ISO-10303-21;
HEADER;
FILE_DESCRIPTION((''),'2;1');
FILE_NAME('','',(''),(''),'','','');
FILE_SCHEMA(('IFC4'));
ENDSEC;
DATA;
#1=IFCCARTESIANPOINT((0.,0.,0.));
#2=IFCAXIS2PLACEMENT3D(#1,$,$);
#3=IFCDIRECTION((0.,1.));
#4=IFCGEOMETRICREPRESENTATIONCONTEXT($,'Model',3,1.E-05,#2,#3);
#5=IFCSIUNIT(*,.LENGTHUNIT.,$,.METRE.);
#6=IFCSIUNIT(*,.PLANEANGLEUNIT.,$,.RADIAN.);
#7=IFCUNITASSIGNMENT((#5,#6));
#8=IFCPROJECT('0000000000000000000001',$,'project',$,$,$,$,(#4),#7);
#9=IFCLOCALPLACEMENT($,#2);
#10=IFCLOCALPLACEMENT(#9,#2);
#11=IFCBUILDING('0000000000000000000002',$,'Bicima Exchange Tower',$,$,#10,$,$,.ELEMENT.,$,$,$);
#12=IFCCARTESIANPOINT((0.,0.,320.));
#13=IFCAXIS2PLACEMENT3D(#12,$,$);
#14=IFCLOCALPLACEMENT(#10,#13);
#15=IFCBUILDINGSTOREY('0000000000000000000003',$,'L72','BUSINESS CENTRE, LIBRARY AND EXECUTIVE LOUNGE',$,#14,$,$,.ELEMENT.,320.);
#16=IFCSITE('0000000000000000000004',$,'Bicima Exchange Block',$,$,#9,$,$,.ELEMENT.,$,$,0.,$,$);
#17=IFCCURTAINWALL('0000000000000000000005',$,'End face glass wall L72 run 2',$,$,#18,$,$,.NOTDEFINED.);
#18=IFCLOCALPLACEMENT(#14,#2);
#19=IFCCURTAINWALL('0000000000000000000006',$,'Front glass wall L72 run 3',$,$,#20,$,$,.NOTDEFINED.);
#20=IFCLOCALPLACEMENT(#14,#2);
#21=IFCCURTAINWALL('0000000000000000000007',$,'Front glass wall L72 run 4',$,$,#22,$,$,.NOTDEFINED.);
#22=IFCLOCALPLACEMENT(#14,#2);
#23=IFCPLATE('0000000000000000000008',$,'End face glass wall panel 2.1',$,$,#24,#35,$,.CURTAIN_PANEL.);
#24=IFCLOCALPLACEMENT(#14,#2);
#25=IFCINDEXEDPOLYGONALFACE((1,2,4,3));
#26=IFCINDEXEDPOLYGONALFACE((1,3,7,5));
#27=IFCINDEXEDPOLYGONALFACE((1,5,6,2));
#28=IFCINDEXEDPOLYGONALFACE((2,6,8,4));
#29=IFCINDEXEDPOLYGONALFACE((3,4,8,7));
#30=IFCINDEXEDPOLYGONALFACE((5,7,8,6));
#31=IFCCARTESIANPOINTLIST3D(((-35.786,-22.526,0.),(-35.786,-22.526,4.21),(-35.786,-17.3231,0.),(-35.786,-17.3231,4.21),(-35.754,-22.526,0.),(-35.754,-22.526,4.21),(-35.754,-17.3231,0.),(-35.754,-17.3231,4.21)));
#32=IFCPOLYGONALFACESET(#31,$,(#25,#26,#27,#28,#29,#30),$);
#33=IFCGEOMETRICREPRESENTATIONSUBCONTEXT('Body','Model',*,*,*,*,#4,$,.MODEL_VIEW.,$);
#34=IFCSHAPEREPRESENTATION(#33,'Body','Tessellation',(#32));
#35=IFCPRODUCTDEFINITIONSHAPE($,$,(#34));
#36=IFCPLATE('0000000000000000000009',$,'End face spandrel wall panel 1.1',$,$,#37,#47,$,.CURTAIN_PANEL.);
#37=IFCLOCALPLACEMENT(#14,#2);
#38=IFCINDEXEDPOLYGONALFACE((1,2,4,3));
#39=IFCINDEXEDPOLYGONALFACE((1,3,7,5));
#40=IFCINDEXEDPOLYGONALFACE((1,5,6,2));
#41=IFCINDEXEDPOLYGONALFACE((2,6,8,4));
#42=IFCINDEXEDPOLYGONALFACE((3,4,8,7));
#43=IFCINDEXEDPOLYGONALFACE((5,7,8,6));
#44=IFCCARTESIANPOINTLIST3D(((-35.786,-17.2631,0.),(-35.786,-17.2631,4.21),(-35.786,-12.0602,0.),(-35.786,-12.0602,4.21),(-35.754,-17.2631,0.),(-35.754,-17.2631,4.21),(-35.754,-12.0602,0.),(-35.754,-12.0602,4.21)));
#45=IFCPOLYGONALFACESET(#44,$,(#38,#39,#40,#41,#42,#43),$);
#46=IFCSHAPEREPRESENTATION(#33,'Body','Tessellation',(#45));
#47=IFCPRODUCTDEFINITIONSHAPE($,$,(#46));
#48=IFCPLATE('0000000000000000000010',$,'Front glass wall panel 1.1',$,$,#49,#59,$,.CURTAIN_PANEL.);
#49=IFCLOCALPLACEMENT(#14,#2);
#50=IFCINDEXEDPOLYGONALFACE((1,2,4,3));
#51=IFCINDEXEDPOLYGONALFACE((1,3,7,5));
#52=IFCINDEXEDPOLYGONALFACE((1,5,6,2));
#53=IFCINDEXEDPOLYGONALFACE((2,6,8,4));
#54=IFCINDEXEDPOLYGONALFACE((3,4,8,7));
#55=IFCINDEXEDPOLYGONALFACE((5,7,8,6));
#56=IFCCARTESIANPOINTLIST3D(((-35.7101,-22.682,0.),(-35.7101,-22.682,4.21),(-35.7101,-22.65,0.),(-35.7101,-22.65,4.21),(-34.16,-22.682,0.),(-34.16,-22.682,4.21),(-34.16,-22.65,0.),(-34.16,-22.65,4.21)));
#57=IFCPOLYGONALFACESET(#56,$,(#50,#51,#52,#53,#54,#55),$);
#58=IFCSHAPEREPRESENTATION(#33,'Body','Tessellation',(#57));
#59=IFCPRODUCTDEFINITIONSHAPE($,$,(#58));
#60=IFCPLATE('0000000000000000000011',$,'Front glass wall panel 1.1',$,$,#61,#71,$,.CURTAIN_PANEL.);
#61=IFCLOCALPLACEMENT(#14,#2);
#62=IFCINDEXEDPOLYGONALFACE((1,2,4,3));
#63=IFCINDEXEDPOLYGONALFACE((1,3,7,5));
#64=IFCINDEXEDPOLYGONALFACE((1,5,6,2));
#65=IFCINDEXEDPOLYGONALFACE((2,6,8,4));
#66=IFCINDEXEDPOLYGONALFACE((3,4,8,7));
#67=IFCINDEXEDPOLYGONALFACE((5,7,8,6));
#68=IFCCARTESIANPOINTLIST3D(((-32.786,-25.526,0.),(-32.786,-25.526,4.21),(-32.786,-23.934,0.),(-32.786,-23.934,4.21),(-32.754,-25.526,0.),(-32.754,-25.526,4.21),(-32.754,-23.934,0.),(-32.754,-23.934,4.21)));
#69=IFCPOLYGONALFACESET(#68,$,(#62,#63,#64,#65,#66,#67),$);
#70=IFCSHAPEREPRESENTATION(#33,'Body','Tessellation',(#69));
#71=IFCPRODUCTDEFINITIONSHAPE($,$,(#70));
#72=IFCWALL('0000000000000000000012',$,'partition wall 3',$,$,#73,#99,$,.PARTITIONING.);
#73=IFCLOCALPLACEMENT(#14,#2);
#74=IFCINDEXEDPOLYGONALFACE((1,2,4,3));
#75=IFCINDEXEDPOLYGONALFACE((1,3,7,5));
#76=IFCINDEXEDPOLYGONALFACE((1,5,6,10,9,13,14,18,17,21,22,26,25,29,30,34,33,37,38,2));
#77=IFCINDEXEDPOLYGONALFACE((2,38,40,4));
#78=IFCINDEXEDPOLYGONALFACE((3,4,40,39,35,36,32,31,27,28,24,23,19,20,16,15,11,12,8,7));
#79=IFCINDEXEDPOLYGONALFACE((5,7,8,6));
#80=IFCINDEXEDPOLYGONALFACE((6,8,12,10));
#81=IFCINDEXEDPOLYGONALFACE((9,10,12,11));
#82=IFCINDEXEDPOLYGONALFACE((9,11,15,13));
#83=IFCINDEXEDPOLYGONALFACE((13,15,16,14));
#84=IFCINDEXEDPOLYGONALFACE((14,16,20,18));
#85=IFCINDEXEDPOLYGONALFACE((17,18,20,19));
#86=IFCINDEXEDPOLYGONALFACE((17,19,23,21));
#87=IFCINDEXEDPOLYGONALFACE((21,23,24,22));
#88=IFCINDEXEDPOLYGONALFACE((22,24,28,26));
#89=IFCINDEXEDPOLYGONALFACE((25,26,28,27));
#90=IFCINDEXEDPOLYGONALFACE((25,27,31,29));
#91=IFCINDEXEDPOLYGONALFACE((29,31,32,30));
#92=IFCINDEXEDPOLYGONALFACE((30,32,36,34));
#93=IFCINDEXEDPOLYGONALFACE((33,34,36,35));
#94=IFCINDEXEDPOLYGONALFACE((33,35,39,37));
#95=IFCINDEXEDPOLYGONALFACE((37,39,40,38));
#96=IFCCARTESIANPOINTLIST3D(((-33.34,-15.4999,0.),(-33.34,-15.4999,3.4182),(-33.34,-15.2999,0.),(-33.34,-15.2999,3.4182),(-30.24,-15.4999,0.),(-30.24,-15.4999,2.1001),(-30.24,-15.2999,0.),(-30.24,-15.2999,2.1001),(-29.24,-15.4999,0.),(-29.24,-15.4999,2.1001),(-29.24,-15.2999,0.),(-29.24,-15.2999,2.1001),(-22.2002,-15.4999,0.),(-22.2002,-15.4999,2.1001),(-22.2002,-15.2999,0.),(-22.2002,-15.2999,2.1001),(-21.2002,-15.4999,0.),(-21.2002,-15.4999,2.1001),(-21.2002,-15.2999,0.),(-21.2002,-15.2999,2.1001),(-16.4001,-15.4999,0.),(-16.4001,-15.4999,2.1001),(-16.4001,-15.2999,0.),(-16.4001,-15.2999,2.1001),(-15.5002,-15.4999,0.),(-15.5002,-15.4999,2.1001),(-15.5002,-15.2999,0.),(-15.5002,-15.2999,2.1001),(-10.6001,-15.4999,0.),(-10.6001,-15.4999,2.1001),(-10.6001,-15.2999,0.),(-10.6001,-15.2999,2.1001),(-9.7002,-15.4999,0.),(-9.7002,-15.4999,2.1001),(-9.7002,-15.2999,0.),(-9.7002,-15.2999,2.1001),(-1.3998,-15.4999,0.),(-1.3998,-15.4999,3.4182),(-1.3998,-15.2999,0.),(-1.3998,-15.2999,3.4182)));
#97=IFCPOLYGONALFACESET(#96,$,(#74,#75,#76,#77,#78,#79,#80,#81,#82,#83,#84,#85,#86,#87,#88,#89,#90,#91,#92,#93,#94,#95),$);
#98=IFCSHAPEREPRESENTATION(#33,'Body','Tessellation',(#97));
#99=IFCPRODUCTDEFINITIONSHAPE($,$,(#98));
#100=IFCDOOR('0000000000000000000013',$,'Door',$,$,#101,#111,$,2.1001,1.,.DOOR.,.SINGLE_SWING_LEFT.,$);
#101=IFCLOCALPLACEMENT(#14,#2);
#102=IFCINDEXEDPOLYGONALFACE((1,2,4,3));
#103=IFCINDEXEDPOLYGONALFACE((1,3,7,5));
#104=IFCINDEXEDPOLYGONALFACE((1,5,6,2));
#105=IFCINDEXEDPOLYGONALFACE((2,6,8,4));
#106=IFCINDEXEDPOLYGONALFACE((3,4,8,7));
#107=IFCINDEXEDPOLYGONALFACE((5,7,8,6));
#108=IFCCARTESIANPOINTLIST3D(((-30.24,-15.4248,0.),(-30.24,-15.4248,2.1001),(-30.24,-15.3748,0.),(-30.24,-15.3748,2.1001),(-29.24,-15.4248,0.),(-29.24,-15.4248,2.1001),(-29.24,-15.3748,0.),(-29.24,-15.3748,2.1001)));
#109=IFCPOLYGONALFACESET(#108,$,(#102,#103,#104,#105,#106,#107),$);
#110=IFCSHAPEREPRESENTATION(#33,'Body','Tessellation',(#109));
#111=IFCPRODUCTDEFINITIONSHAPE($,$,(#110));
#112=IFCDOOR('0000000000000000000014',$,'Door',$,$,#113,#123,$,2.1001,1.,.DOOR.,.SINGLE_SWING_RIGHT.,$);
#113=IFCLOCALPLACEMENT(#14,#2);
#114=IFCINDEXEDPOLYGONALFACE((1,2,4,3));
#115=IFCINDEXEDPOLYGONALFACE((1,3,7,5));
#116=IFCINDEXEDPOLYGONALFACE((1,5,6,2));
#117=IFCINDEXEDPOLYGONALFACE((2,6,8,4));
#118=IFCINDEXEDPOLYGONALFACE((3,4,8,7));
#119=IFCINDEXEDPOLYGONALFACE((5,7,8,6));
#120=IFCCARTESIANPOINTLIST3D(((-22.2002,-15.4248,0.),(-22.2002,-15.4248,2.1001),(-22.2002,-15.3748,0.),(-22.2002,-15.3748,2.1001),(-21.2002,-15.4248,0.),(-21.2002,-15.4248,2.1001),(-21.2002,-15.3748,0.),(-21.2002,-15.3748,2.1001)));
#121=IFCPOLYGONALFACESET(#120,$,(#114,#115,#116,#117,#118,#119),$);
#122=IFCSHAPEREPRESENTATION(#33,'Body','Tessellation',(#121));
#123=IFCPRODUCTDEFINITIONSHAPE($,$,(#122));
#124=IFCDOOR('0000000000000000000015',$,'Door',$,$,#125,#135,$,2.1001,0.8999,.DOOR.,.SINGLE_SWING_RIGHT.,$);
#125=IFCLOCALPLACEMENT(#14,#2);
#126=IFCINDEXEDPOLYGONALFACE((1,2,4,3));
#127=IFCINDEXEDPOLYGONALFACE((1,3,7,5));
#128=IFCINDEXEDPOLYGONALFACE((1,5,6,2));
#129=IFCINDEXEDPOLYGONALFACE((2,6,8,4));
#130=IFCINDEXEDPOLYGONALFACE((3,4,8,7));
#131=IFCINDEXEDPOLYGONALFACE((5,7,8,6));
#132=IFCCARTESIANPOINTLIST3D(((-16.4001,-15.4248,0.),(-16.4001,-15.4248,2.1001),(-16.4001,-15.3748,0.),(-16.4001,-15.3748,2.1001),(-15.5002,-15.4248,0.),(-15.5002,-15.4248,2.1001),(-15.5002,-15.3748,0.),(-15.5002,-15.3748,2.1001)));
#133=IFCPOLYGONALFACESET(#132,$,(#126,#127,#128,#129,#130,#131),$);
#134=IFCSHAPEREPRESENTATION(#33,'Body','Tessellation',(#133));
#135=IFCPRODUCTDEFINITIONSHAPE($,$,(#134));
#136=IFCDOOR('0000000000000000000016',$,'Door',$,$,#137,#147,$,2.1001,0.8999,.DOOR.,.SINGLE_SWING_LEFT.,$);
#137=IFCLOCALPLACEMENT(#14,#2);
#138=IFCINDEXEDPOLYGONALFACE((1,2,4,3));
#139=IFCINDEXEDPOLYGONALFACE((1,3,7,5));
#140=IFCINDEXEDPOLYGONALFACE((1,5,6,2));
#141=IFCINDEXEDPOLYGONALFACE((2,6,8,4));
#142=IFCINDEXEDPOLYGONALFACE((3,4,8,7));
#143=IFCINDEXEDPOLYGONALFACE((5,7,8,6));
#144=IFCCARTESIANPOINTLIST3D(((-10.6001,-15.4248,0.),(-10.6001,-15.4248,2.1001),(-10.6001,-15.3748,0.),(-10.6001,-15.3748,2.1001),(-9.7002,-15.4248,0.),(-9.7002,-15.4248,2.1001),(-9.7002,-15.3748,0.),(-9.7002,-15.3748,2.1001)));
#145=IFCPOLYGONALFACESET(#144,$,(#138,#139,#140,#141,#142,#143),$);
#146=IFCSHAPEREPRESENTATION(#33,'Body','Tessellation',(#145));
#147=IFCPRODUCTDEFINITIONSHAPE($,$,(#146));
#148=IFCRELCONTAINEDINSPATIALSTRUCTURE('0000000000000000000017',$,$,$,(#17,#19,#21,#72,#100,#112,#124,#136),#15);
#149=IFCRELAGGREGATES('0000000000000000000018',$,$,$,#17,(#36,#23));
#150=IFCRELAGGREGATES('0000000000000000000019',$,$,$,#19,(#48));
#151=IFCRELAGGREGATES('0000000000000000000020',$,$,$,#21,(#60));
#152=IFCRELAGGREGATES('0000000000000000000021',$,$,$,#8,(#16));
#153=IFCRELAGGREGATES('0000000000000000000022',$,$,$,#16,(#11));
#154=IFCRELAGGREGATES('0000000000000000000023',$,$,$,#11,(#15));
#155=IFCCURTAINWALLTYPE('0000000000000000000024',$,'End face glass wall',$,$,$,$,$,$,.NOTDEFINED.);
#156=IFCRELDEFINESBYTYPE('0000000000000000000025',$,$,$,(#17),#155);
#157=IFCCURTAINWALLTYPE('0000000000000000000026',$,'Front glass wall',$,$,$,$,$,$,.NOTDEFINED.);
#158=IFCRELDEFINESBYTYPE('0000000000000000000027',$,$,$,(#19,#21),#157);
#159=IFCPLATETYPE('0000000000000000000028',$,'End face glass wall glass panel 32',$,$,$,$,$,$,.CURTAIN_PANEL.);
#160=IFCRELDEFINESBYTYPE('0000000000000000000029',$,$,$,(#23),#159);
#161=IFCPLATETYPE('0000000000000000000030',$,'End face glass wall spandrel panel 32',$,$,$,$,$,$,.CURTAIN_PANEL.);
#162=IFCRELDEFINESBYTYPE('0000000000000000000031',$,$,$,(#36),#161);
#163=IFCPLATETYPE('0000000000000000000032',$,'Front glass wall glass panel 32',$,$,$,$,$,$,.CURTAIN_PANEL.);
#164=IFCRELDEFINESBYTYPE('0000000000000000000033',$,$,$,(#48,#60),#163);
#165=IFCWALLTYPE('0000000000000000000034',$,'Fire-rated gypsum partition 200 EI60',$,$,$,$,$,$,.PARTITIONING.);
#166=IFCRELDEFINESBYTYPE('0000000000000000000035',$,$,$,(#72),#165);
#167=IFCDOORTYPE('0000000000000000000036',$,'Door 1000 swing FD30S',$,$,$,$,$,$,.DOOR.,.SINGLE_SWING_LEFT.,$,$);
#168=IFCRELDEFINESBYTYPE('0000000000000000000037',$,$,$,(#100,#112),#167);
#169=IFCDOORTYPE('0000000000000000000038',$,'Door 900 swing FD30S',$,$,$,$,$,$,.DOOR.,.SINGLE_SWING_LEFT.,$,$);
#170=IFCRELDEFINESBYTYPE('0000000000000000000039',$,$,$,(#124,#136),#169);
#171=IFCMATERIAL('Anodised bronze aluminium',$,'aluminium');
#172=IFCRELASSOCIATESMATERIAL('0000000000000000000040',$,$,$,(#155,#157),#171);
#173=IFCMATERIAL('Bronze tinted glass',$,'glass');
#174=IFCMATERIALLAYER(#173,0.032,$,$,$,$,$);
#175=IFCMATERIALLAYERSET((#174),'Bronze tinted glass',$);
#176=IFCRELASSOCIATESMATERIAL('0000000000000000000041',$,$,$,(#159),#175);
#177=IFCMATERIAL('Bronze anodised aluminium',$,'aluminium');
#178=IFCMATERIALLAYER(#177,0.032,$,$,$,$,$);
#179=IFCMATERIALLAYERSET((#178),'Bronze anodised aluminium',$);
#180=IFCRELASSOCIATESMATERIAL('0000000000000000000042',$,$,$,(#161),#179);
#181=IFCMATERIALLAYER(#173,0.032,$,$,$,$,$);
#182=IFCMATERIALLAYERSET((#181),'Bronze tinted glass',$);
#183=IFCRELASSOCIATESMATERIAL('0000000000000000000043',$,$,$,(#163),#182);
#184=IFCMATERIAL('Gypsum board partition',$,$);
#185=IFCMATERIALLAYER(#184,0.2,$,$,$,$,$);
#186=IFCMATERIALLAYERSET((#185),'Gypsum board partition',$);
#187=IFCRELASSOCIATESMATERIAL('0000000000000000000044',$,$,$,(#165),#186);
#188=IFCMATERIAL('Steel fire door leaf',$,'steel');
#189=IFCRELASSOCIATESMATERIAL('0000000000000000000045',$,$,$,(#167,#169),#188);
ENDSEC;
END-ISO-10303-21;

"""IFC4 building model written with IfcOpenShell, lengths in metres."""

from ifc_helpers import new_model, si_unit, direction, frame, frame_2d, origin, origin_2d, place, context, subcontext, project, spatial, rectangle, extrude, material, layer, layer_set, type_object, element, fill, aggregate, save


model = new_model("IFC4")

# Units and contexts
model_context = context("Model", 3, precision=1e-05, world=origin(), true_north=direction((0.0, 1.0)))
body_context = subcontext(model_context, "Body", "Model", "MODEL_VIEW")
ifc_project = project(units=[si_unit("LENGTHUNIT", "METRE"), si_unit("PLANEANGLEUNIT", "RADIAN")], contexts=[model_context])

# Site, building, storey
site_placement = place(None, origin())
site = spatial("IfcSite", under=ifc_project, at=site_placement, Name="Bicima Exchange Block", CompositionType="ELEMENT", RefElevation=0.0)
building_placement = place(site_placement, origin())
building = spatial("IfcBuilding", under=site, at=building_placement, Name="Bicima Exchange Tower", CompositionType="ELEMENT")
storey_placement = place(building_placement, frame((0.0, 0.0, 320.0)))
storey = spatial("IfcBuildingStorey", under=building, at=storey_placement, Name="L72", Description="BUSINESS CENTRE, LIBRARY AND EXECUTIVE LOUNGE", CompositionType="ELEMENT", Elevation=320.0)

# Curtain wall
ifc_material_1 = material(Name="Anodised bronze aluminium", Category="aluminium")
curtain_wall_type_1 = type_object("IfcCurtainWallType", Name="End face glass wall", PredefinedType="NOTDEFINED", material=ifc_material_1)
curtain_wall_1_placement = place(storey_placement, origin())
curtain_wall_1 = element("IfcCurtainWall", 1, at=curtain_wall_1_placement, inside=storey, type_object=curtain_wall_type_1, Name="End face glass wall L72 run 2", PredefinedType="NOTDEFINED")

# Curtain wall
curtain_wall_type_2 = type_object("IfcCurtainWallType", Name="Front glass wall", PredefinedType="NOTDEFINED", material=ifc_material_1)
curtain_wall_2_placement = place(storey_placement, origin())
curtain_wall_2 = element("IfcCurtainWall", 2, at=curtain_wall_2_placement, inside=storey, type_object=curtain_wall_type_2, Name="Front glass wall L72 run 3", PredefinedType="NOTDEFINED")

# Curtain wall
curtain_wall_3_placement = place(storey_placement, origin())
curtain_wall_3 = element("IfcCurtainWall", 3, at=curtain_wall_3_placement, inside=storey, type_object=curtain_wall_type_2, Name="Front glass wall L72 run 4", PredefinedType="NOTDEFINED")

# Plates
ifc_material_2 = material(Name="Bronze tinted glass", Category="glass")
ifc_layer_1 = layer(ifc_material_2, 0.032)
ifc_layer_set_1 = layer_set([ifc_layer_1], Name="Bronze tinted glass")
plate_type_1 = type_object("IfcPlateType", Name="End face glass wall glass panel 32", PredefinedType="CURTAIN_PANEL", material=ifc_layer_set_1)
plate_1_placement = place(storey_placement, frame((-35.77, -19.9246, 0.0), z_axis=(0.0, 0.0, 1.0), x_axis=(0.0, -1.0, 0.0)))
plate_1 = element("IfcPlate", 4, at=plate_1_placement, type_object=plate_type_1, Name="End face glass wall panel 2.1", PredefinedType="CURTAIN_PANEL", context=body_context, shape_type="SweptSolid", body=[
    extrude(rectangle(XDim=5.2029, YDim=0.032, at=origin_2d()), origin(), (0.0, 0.0, 1.0), 4.21),
])
ifc_material_3 = material(Name="Bronze anodised aluminium", Category="aluminium")
ifc_layer_2 = layer(ifc_material_3, 0.032)
ifc_layer_set_2 = layer_set([ifc_layer_2], Name="Bronze anodised aluminium")
plate_type_2 = type_object("IfcPlateType", Name="End face glass wall spandrel panel 32", PredefinedType="CURTAIN_PANEL", material=ifc_layer_set_2)
plate_2_placement = place(storey_placement, frame((-35.77, -14.6616, 0.0), z_axis=(0.0, 0.0, 1.0), x_axis=(0.0, -1.0, 0.0)))
plate_2 = element("IfcPlate", 5, at=plate_2_placement, type_object=plate_type_2, Name="End face spandrel wall panel 1.1", PredefinedType="CURTAIN_PANEL", context=body_context, shape_type="SweptSolid", body=[
    extrude(rectangle(XDim=5.2029, YDim=0.032, at=origin_2d()), origin(), (0.0, 0.0, 1.0), 4.21),
])
aggregate(curtain_wall_1, [plate_2, plate_1])
ifc_layer_3 = layer(ifc_material_2, 0.032)
ifc_layer_set_3 = layer_set([ifc_layer_3], Name="Bronze tinted glass")
plate_type_3 = type_object("IfcPlateType", Name="Front glass wall glass panel 32", PredefinedType="CURTAIN_PANEL", material=ifc_layer_set_3)
plate_3_placement = place(storey_placement, frame((-34.9351, -22.666, 0.0), z_axis=(0.0, 0.0, 1.0), x_axis=(1.0, 0.0, 0.0)))
plate_3 = element("IfcPlate", 6, at=plate_3_placement, type_object=plate_type_3, Name="Front glass wall panel 1.1", PredefinedType="CURTAIN_PANEL", context=body_context, shape_type="SweptSolid", body=[
    extrude(rectangle(XDim=1.55, YDim=0.032, at=origin_2d()), origin(), (0.0, 0.0, 1.0), 4.21),
])
aggregate(curtain_wall_2, [plate_3])
plate_4_placement = place(storey_placement, frame((-32.77, -24.73, 0.0), z_axis=(0.0, 0.0, 1.0), x_axis=(0.0, -1.0, 0.0)))
plate_4 = element("IfcPlate", 7, at=plate_4_placement, type_object=plate_type_3, Name="Front glass wall panel 1.1", PredefinedType="CURTAIN_PANEL", context=body_context, shape_type="SweptSolid", body=[
    extrude(rectangle(XDim=1.592, YDim=0.032, at=origin_2d()), origin(), (0.0, 0.0, 1.0), 4.21),
])
aggregate(curtain_wall_3, [plate_4])

# Wall, openings, doors
ifc_material_4 = material(Name="Gypsum board partition")
ifc_layer_4 = layer(ifc_material_4, 0.2)
ifc_layer_set_4 = layer_set([ifc_layer_4], Name="Gypsum board partition")
wall_type = type_object("IfcWallType", Name="Fire-rated gypsum partition 200 EI60", PredefinedType="PARTITIONING", material=ifc_layer_set_4)
wall_1_placement = place(storey_placement, frame((-33.3401, -15.3999, 0.0), z_axis=(0.0, 0.0, 1.0), x_axis=(1.0, 0.0, 0.0)))
wall_1 = element("IfcWall", 8, at=wall_1_placement, inside=storey, type_object=wall_type, Name="partition wall 3", PredefinedType="PARTITIONING", context=body_context, shape_type="SweptSolid", body=[
    extrude(rectangle(XDim=31.9402, YDim=0.2, at=frame_2d((15.9702, 0.0))), origin(), (0.0, 0.0, 1.0), 3.4182),
])
opening_1_placement = place(wall_1_placement, frame((3.1001, 0.0, 0.0)))
opening_1 = element("IfcOpeningElement", 9, at=opening_1_placement, cuts=wall_1, PredefinedType="OPENING", context=body_context, shape_type="SweptSolid", body=[
    extrude(rectangle(XDim=1.0, YDim=2.1001, at=frame_2d((0.5, 1.05))), frame((0.0, 0.1118, 0.0), z_axis=(0.0, -1.0, 0.0), x_axis=(1.0, 0.0, 0.0)), (0.0, 0.0, 1.0), 0.2239),
])
opening_2_placement = place(wall_1_placement, frame((11.1399, 0.0, 0.0)))
opening_2 = element("IfcOpeningElement", 10, at=opening_2_placement, cuts=wall_1, PredefinedType="OPENING", context=body_context, shape_type="SweptSolid", body=[
    extrude(rectangle(XDim=1.0, YDim=2.1001, at=frame_2d((0.5, 1.05))), frame((0.0, 0.1118, 0.0), z_axis=(0.0, -1.0, 0.0), x_axis=(1.0, 0.0, 0.0)), (0.0, 0.0, 1.0), 0.2239),
])
opening_3_placement = place(wall_1_placement, frame((16.9399, 0.0, 0.0)))
opening_3 = element("IfcOpeningElement", 11, at=opening_3_placement, cuts=wall_1, PredefinedType="OPENING", context=body_context, shape_type="SweptSolid", body=[
    extrude(rectangle(XDim=0.8999, YDim=2.1001, at=frame_2d((0.45, 1.05))), frame((0.0, 0.1118, 0.0), z_axis=(0.0, -1.0, 0.0), x_axis=(1.0, 0.0, 0.0)), (0.0, 0.0, 1.0), 0.2239),
])
opening_4_placement = place(wall_1_placement, frame((22.74, 0.0, 0.0)))
opening_4 = element("IfcOpeningElement", 12, at=opening_4_placement, cuts=wall_1, PredefinedType="OPENING", context=body_context, shape_type="SweptSolid", body=[
    extrude(rectangle(XDim=0.8999, YDim=2.1001, at=frame_2d((0.45, 1.05))), frame((0.0, 0.1118, 0.0), z_axis=(0.0, -1.0, 0.0), x_axis=(1.0, 0.0, 0.0)), (0.0, 0.0, 1.0), 0.2239),
])
ifc_material_5 = material(Name="Steel fire door leaf", Category="steel")
door_type_1 = type_object("IfcDoorType", Name="Door 1000 swing FD30S", OperationType="SINGLE_SWING_LEFT", PredefinedType="DOOR", material=ifc_material_5)
door_1_placement = place(opening_1_placement, frame((1.0, 0.0, 0.0), z_axis=(0.0, 0.0, 1.0), x_axis=(-1.0, 0.0, 0.0)))
door_1 = element("IfcDoor", 13, at=door_1_placement, inside=storey, type_object=door_type_1, Name="Door", OperationType="SINGLE_SWING_LEFT", OverallHeight=2.1001, OverallWidth=1.0, PredefinedType="DOOR", context=body_context, shape_type="SweptSolid", body=[
    extrude(rectangle(XDim=1.0, YDim=2.1001, at=frame_2d((0.5, 1.05))), frame((0.0, 0.0249, 0.0), z_axis=(0.0, -1.0, 0.0), x_axis=(1.0, 0.0, 0.0)), (0.0, 0.0, 1.0), 0.05),
])
fill(opening_1, door_1)
door_2_placement = place(opening_2_placement, frame((1.0, 0.0, 0.0), z_axis=(0.0, 0.0, 1.0), x_axis=(-1.0, 0.0, 0.0)))
door_2 = element("IfcDoor", 14, at=door_2_placement, inside=storey, type_object=door_type_1, Name="Door", OperationType="SINGLE_SWING_RIGHT", OverallHeight=2.1001, OverallWidth=1.0, PredefinedType="DOOR", context=body_context, shape_type="SweptSolid", body=[
    extrude(rectangle(XDim=1.0, YDim=2.1001, at=frame_2d((0.5, 1.05))), frame((0.0, 0.0249, 0.0), z_axis=(0.0, -1.0, 0.0), x_axis=(1.0, 0.0, 0.0)), (0.0, 0.0, 1.0), 0.05),
])
fill(opening_2, door_2)
door_type_2 = type_object("IfcDoorType", Name="Door 900 swing FD30S", OperationType="SINGLE_SWING_LEFT", PredefinedType="DOOR", material=ifc_material_5)
door_3_placement = place(opening_3_placement, frame((0.8999, 0.0, 0.0), z_axis=(0.0, 0.0, 1.0), x_axis=(-1.0, 0.0, 0.0)))
door_3 = element("IfcDoor", 15, at=door_3_placement, inside=storey, type_object=door_type_2, Name="Door", OperationType="SINGLE_SWING_RIGHT", OverallHeight=2.1001, OverallWidth=0.8999, PredefinedType="DOOR", context=body_context, shape_type="SweptSolid", body=[
    extrude(rectangle(XDim=0.8999, YDim=2.1001, at=frame_2d((0.45, 1.05))), frame((0.0, 0.0249, 0.0), z_axis=(0.0, -1.0, 0.0), x_axis=(1.0, 0.0, 0.0)), (0.0, 0.0, 1.0), 0.05),
])
fill(opening_3, door_3)
door_4_placement = place(opening_4_placement, frame((0.8999, 0.0, 0.0), z_axis=(0.0, 0.0, 1.0), x_axis=(-1.0, 0.0, 0.0)))
door_4 = element("IfcDoor", 16, at=door_4_placement, inside=storey, type_object=door_type_2, Name="Door", OperationType="SINGLE_SWING_LEFT", OverallHeight=2.1001, OverallWidth=0.8999, PredefinedType="DOOR", context=body_context, shape_type="SweptSolid", body=[
    extrude(rectangle(XDim=0.8999, YDim=2.1001, at=frame_2d((0.45, 1.05))), frame((0.0, 0.0249, 0.0), z_axis=(0.0, -1.0, 0.0), x_axis=(1.0, 0.0, 0.0)), (0.0, 0.0, 1.0), 0.05),
])
fill(opening_4, door_4)

save(model, "model.ifc")
